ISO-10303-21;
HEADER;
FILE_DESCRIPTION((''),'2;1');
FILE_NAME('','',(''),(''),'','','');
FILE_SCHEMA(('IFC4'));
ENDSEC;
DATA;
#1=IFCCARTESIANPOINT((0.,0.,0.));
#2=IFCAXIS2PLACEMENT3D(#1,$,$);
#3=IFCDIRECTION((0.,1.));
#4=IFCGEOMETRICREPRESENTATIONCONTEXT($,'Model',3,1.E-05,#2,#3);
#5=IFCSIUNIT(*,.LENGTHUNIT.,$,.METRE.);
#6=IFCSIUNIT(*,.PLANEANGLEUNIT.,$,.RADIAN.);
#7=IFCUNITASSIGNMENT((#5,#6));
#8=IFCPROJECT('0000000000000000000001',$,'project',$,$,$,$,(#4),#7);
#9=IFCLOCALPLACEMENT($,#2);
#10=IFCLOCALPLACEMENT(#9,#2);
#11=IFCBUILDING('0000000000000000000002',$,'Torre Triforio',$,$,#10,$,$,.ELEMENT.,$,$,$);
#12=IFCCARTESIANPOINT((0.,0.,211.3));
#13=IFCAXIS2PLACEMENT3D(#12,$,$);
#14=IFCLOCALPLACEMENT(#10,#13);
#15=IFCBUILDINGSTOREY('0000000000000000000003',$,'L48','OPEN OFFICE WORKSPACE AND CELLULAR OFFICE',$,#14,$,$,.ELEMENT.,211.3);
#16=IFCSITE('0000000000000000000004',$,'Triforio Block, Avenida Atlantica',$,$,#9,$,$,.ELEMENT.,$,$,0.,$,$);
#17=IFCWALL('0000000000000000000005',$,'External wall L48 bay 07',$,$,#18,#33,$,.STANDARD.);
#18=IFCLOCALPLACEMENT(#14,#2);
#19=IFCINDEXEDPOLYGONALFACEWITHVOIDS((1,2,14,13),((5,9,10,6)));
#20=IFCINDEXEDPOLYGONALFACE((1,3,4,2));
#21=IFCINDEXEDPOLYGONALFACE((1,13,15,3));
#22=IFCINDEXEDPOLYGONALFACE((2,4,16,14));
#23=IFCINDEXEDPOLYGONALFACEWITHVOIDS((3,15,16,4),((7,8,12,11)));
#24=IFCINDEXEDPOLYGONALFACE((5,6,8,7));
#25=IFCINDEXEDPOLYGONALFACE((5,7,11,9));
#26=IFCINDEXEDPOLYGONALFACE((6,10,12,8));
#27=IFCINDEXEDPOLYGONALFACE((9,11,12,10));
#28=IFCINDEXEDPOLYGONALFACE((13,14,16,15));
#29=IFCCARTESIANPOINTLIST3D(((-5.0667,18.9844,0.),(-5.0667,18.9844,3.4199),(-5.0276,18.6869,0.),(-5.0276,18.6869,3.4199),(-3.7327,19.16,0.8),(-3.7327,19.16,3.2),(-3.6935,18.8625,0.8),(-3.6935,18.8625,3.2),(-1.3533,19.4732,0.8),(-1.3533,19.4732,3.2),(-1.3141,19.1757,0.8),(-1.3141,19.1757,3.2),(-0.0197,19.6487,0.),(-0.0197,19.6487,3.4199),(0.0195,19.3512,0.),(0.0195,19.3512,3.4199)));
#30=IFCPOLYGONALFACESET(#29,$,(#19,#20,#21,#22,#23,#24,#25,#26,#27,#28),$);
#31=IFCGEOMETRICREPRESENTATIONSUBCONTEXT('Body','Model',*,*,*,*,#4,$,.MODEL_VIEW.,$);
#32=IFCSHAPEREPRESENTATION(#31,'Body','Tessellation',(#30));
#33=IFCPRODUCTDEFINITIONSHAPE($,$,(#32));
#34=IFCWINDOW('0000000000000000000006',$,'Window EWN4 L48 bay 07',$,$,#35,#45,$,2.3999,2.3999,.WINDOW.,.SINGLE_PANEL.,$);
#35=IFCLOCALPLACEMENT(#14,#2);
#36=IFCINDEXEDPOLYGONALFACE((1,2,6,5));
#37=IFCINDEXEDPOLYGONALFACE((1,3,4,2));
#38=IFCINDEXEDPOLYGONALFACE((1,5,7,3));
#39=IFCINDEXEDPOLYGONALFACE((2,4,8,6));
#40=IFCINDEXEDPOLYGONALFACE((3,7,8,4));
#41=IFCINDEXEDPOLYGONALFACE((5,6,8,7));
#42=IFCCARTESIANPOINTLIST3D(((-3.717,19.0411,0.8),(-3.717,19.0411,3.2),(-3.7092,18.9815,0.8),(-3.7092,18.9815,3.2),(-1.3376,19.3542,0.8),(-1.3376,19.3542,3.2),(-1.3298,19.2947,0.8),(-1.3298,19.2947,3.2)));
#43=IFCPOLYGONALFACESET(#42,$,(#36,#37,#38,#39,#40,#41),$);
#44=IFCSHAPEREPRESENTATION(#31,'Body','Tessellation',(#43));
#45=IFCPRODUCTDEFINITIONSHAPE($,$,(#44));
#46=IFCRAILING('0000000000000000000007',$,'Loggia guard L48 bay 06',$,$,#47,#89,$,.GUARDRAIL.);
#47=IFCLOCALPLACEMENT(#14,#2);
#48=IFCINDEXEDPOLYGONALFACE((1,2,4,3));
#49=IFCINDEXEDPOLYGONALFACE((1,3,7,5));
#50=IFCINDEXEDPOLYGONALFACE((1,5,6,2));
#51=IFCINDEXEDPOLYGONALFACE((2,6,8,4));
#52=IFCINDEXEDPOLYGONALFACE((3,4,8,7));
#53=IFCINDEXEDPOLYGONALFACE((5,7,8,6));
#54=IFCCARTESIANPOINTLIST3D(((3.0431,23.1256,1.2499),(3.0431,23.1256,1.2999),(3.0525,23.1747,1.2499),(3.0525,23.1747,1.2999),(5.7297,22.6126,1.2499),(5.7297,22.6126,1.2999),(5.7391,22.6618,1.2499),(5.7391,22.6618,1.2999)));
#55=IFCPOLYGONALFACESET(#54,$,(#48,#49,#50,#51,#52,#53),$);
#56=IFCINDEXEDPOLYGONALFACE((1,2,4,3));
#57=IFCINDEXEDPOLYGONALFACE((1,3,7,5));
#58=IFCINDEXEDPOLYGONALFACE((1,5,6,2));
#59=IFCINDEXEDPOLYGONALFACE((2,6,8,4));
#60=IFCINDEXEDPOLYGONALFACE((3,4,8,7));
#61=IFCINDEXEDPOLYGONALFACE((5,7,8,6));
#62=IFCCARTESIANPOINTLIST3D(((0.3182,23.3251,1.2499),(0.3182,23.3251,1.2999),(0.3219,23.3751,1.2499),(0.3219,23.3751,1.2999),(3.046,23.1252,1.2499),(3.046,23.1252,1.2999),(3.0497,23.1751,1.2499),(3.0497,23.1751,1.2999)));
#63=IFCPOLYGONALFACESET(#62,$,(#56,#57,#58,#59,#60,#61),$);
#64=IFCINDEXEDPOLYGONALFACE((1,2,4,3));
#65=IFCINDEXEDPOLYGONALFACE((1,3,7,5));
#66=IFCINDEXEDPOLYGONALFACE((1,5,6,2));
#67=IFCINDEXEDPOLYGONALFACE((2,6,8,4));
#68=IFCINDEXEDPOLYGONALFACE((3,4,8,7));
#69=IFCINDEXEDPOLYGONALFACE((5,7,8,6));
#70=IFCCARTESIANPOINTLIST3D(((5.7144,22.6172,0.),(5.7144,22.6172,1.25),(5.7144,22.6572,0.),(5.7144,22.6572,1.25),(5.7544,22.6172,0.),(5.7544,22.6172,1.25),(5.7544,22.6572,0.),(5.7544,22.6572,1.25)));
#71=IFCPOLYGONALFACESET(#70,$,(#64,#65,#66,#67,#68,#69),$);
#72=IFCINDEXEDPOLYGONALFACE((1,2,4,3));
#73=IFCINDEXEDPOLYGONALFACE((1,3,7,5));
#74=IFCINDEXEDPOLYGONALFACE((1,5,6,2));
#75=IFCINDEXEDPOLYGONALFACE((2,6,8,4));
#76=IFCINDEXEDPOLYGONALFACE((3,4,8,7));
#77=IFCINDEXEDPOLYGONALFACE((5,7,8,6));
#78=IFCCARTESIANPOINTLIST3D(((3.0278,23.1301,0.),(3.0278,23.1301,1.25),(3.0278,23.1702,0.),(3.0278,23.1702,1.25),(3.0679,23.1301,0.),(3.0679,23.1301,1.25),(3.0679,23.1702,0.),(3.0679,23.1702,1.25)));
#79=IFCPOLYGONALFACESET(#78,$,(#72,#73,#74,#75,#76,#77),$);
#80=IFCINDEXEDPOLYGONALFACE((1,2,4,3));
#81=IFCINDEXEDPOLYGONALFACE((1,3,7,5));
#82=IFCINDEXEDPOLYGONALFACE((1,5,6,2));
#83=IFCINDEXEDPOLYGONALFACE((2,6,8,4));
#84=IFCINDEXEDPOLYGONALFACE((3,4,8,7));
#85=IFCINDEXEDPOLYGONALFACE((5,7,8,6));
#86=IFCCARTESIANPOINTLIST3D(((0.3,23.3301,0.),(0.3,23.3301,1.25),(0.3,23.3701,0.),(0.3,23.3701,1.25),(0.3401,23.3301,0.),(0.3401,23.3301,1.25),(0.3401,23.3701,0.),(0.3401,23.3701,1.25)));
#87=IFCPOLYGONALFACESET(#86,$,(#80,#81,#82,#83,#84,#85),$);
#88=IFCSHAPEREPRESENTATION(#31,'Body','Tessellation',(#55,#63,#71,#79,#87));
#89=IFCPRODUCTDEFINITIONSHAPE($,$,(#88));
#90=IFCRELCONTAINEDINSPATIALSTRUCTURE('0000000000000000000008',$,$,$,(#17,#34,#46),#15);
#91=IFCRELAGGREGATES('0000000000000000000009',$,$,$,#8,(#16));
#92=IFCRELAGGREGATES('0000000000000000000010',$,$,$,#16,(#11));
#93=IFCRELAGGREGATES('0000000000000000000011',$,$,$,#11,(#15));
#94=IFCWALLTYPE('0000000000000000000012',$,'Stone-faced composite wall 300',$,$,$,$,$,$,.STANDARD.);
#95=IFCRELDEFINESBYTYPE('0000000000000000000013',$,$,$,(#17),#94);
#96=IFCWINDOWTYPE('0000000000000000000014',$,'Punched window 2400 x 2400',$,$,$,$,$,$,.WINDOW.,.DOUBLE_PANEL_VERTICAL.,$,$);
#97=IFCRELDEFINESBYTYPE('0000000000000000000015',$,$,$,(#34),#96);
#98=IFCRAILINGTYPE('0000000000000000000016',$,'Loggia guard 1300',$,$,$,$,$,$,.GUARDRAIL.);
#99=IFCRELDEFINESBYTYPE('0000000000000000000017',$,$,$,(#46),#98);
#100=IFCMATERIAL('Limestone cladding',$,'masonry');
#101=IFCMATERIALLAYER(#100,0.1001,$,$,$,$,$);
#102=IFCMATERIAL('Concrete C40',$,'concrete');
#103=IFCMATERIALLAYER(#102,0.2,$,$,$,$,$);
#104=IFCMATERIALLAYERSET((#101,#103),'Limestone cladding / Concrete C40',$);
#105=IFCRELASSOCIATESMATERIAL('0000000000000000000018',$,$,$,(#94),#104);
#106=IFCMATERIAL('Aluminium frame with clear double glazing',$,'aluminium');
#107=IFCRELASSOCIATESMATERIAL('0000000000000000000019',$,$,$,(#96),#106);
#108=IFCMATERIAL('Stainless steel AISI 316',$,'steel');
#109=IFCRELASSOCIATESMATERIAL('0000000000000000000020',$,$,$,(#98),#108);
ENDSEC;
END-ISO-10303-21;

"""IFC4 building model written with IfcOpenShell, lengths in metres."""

from ifc_helpers import new_model, si_unit, direction, frame, frame_2d, origin, origin_2d, place, context, subcontext, project, spatial, rectangle, extrude, material, layer, layer_set, type_object, element, fill, save


model = new_model("IFC4")

# Units and contexts
model_context = context("Model", 3, precision=1e-05, world=origin(), true_north=direction((0.0, 1.0)))
body_context = subcontext(model_context, "Body", "Model", "MODEL_VIEW")
ifc_project = project(units=[si_unit("LENGTHUNIT", "METRE"), si_unit("PLANEANGLEUNIT", "RADIAN")], contexts=[model_context])

# Site, building, storey
site_placement = place(None, origin())
site = spatial("IfcSite", under=ifc_project, at=site_placement, Name="Triforio Block, Avenida Atlantica", CompositionType="ELEMENT", RefElevation=0.0)
building_placement = place(site_placement, origin())
building = spatial("IfcBuilding", under=site, at=building_placement, Name="Torre Triforio", CompositionType="ELEMENT")
storey_placement = place(building_placement, frame((0.0, 0.0, 211.3)))
storey = spatial("IfcBuildingStorey", under=building, at=storey_placement, Name="L48", Description="OPEN OFFICE WORKSPACE AND CELLULAR OFFICE", CompositionType="ELEMENT", Elevation=211.3)

# Shared definitions
ifc_material_1 = material(Name="Concrete C40", Category="concrete")

# Shared definitions
ifc_material_2 = material(Name="Limestone cladding", Category="masonry")
ifc_layer_1 = layer(ifc_material_2, 0.1001)
ifc_layer_2 = layer(ifc_material_1, 0.2)
ifc_layer_set_1 = layer_set([ifc_layer_1, ifc_layer_2], Name="Limestone cladding / Concrete C40")
wall_type_1 = type_object("IfcWallType", Name="Stone-faced composite wall 300", PredefinedType="STANDARD", material=ifc_layer_set_1)
ifc_material_3 = material(Name="Aluminium frame with clear double glazing", Category="aluminium")

# Wall, opening, window
wall_1_placement = place(storey_placement, frame((0.0, 19.5, 0.0), z_axis=(0.0, 0.0, 1.0), x_axis=(-0.991449, -0.130495, 0.0)))
wall_1 = element("IfcWall", 1, at=wall_1_placement, inside=storey, type_object=wall_type_1, Name="External wall L48 bay 07", PredefinedType="STANDARD", context=body_context, shape_type="SweptSolid", body=[
    extrude(rectangle(XDim=5.0906, YDim=0.3, at=frame_2d((2.5454, 0.0))), origin(), (0.0, 0.0, 1.0), 3.4199),
])
opening_1_placement = place(wall_1_placement, frame((1.3452, 0.0, 0.8)))
opening_1 = element("IfcOpeningElement", 2, at=opening_1_placement, cuts=wall_1, PredefinedType="OPENING", context=body_context, shape_type="SweptSolid", body=[
    extrude(rectangle(XDim=2.3999, YDim=2.3999, at=frame_2d((1.2, 1.2))), frame((0.0, 0.1599, 0.0), z_axis=(0.0, -1.0, 0.0), x_axis=(1.0, 0.0, 0.0)), (0.0, 0.0, 1.0), 0.3201),
])
window_type_1 = type_object("IfcWindowType", Name="Punched window 2400 x 2400", PartitioningType="DOUBLE_PANEL_VERTICAL", PredefinedType="WINDOW", material=ifc_material_3)
window_1_placement = place(opening_1_placement, origin())
window_1 = element("IfcWindow", 3, at=window_1_placement, inside=storey, type_object=window_type_1, Name="Window EWN4 L48 bay 07", OverallHeight=2.3999, OverallWidth=2.3999, PartitioningType="SINGLE_PANEL", PredefinedType="WINDOW", context=body_context, shape_type="SweptSolid", body=[
    extrude(rectangle(XDim=2.3999, YDim=2.3999, at=frame_2d((1.2, 1.2))), frame((0.0, 0.03, 0.0), z_axis=(0.0, -1.0, 0.0), x_axis=(1.0, 0.0, 0.0)), (0.0, 0.0, 1.0), 0.0601),
])
fill(opening_1, window_1)

# Railing
ifc_material_4 = material(Name="Stainless steel AISI 316", Category="steel")
railing_type = type_object("IfcRailingType", Name="Loggia guard 1300", PredefinedType="GUARDRAIL", material=ifc_material_4)
railing_placement = place(storey_placement, frame((5.7344, 22.6372, 0.0)))
element("IfcRailing", 4, at=railing_placement, inside=storey, type_object=railing_type, Name="Loggia guard L48 bay 06", PredefinedType="GUARDRAIL", context=body_context, shape_type="SweptSolid", body=[
    extrude(rectangle(XDim=0.05, YDim=0.05, at=origin_2d()), frame((0.0, 0.0, 1.2749), z_axis=(-0.982256, 0.187543, 0.0), x_axis=(-0.187543, -0.982256, 0.0)), (0.0, 0.0, 1.0), 2.7351),
    extrude(rectangle(XDim=0.05, YDim=0.05, at=origin_2d()), frame((-2.6865, 0.5129, 1.2749), z_axis=(-0.997324, 0.073106, 0.0), x_axis=(-0.073106, -0.997324, 0.0)), (0.0, 0.0, 1.0), 2.7351),
    extrude(rectangle(XDim=0.04, YDim=0.04, at=origin_2d()), origin(), (0.0, 0.0, 1.0), 1.25),
    extrude(rectangle(XDim=0.04, YDim=0.04, at=origin_2d()), frame((-2.6865, 0.5129, 0.0)), (0.0, 0.0, 1.0), 1.25),
    extrude(rectangle(XDim=0.04, YDim=0.04, at=origin_2d()), frame((-5.4143, 0.7129, 0.0)), (0.0, 0.0, 1.0), 1.25),
])

save(model, "model.ifc")
